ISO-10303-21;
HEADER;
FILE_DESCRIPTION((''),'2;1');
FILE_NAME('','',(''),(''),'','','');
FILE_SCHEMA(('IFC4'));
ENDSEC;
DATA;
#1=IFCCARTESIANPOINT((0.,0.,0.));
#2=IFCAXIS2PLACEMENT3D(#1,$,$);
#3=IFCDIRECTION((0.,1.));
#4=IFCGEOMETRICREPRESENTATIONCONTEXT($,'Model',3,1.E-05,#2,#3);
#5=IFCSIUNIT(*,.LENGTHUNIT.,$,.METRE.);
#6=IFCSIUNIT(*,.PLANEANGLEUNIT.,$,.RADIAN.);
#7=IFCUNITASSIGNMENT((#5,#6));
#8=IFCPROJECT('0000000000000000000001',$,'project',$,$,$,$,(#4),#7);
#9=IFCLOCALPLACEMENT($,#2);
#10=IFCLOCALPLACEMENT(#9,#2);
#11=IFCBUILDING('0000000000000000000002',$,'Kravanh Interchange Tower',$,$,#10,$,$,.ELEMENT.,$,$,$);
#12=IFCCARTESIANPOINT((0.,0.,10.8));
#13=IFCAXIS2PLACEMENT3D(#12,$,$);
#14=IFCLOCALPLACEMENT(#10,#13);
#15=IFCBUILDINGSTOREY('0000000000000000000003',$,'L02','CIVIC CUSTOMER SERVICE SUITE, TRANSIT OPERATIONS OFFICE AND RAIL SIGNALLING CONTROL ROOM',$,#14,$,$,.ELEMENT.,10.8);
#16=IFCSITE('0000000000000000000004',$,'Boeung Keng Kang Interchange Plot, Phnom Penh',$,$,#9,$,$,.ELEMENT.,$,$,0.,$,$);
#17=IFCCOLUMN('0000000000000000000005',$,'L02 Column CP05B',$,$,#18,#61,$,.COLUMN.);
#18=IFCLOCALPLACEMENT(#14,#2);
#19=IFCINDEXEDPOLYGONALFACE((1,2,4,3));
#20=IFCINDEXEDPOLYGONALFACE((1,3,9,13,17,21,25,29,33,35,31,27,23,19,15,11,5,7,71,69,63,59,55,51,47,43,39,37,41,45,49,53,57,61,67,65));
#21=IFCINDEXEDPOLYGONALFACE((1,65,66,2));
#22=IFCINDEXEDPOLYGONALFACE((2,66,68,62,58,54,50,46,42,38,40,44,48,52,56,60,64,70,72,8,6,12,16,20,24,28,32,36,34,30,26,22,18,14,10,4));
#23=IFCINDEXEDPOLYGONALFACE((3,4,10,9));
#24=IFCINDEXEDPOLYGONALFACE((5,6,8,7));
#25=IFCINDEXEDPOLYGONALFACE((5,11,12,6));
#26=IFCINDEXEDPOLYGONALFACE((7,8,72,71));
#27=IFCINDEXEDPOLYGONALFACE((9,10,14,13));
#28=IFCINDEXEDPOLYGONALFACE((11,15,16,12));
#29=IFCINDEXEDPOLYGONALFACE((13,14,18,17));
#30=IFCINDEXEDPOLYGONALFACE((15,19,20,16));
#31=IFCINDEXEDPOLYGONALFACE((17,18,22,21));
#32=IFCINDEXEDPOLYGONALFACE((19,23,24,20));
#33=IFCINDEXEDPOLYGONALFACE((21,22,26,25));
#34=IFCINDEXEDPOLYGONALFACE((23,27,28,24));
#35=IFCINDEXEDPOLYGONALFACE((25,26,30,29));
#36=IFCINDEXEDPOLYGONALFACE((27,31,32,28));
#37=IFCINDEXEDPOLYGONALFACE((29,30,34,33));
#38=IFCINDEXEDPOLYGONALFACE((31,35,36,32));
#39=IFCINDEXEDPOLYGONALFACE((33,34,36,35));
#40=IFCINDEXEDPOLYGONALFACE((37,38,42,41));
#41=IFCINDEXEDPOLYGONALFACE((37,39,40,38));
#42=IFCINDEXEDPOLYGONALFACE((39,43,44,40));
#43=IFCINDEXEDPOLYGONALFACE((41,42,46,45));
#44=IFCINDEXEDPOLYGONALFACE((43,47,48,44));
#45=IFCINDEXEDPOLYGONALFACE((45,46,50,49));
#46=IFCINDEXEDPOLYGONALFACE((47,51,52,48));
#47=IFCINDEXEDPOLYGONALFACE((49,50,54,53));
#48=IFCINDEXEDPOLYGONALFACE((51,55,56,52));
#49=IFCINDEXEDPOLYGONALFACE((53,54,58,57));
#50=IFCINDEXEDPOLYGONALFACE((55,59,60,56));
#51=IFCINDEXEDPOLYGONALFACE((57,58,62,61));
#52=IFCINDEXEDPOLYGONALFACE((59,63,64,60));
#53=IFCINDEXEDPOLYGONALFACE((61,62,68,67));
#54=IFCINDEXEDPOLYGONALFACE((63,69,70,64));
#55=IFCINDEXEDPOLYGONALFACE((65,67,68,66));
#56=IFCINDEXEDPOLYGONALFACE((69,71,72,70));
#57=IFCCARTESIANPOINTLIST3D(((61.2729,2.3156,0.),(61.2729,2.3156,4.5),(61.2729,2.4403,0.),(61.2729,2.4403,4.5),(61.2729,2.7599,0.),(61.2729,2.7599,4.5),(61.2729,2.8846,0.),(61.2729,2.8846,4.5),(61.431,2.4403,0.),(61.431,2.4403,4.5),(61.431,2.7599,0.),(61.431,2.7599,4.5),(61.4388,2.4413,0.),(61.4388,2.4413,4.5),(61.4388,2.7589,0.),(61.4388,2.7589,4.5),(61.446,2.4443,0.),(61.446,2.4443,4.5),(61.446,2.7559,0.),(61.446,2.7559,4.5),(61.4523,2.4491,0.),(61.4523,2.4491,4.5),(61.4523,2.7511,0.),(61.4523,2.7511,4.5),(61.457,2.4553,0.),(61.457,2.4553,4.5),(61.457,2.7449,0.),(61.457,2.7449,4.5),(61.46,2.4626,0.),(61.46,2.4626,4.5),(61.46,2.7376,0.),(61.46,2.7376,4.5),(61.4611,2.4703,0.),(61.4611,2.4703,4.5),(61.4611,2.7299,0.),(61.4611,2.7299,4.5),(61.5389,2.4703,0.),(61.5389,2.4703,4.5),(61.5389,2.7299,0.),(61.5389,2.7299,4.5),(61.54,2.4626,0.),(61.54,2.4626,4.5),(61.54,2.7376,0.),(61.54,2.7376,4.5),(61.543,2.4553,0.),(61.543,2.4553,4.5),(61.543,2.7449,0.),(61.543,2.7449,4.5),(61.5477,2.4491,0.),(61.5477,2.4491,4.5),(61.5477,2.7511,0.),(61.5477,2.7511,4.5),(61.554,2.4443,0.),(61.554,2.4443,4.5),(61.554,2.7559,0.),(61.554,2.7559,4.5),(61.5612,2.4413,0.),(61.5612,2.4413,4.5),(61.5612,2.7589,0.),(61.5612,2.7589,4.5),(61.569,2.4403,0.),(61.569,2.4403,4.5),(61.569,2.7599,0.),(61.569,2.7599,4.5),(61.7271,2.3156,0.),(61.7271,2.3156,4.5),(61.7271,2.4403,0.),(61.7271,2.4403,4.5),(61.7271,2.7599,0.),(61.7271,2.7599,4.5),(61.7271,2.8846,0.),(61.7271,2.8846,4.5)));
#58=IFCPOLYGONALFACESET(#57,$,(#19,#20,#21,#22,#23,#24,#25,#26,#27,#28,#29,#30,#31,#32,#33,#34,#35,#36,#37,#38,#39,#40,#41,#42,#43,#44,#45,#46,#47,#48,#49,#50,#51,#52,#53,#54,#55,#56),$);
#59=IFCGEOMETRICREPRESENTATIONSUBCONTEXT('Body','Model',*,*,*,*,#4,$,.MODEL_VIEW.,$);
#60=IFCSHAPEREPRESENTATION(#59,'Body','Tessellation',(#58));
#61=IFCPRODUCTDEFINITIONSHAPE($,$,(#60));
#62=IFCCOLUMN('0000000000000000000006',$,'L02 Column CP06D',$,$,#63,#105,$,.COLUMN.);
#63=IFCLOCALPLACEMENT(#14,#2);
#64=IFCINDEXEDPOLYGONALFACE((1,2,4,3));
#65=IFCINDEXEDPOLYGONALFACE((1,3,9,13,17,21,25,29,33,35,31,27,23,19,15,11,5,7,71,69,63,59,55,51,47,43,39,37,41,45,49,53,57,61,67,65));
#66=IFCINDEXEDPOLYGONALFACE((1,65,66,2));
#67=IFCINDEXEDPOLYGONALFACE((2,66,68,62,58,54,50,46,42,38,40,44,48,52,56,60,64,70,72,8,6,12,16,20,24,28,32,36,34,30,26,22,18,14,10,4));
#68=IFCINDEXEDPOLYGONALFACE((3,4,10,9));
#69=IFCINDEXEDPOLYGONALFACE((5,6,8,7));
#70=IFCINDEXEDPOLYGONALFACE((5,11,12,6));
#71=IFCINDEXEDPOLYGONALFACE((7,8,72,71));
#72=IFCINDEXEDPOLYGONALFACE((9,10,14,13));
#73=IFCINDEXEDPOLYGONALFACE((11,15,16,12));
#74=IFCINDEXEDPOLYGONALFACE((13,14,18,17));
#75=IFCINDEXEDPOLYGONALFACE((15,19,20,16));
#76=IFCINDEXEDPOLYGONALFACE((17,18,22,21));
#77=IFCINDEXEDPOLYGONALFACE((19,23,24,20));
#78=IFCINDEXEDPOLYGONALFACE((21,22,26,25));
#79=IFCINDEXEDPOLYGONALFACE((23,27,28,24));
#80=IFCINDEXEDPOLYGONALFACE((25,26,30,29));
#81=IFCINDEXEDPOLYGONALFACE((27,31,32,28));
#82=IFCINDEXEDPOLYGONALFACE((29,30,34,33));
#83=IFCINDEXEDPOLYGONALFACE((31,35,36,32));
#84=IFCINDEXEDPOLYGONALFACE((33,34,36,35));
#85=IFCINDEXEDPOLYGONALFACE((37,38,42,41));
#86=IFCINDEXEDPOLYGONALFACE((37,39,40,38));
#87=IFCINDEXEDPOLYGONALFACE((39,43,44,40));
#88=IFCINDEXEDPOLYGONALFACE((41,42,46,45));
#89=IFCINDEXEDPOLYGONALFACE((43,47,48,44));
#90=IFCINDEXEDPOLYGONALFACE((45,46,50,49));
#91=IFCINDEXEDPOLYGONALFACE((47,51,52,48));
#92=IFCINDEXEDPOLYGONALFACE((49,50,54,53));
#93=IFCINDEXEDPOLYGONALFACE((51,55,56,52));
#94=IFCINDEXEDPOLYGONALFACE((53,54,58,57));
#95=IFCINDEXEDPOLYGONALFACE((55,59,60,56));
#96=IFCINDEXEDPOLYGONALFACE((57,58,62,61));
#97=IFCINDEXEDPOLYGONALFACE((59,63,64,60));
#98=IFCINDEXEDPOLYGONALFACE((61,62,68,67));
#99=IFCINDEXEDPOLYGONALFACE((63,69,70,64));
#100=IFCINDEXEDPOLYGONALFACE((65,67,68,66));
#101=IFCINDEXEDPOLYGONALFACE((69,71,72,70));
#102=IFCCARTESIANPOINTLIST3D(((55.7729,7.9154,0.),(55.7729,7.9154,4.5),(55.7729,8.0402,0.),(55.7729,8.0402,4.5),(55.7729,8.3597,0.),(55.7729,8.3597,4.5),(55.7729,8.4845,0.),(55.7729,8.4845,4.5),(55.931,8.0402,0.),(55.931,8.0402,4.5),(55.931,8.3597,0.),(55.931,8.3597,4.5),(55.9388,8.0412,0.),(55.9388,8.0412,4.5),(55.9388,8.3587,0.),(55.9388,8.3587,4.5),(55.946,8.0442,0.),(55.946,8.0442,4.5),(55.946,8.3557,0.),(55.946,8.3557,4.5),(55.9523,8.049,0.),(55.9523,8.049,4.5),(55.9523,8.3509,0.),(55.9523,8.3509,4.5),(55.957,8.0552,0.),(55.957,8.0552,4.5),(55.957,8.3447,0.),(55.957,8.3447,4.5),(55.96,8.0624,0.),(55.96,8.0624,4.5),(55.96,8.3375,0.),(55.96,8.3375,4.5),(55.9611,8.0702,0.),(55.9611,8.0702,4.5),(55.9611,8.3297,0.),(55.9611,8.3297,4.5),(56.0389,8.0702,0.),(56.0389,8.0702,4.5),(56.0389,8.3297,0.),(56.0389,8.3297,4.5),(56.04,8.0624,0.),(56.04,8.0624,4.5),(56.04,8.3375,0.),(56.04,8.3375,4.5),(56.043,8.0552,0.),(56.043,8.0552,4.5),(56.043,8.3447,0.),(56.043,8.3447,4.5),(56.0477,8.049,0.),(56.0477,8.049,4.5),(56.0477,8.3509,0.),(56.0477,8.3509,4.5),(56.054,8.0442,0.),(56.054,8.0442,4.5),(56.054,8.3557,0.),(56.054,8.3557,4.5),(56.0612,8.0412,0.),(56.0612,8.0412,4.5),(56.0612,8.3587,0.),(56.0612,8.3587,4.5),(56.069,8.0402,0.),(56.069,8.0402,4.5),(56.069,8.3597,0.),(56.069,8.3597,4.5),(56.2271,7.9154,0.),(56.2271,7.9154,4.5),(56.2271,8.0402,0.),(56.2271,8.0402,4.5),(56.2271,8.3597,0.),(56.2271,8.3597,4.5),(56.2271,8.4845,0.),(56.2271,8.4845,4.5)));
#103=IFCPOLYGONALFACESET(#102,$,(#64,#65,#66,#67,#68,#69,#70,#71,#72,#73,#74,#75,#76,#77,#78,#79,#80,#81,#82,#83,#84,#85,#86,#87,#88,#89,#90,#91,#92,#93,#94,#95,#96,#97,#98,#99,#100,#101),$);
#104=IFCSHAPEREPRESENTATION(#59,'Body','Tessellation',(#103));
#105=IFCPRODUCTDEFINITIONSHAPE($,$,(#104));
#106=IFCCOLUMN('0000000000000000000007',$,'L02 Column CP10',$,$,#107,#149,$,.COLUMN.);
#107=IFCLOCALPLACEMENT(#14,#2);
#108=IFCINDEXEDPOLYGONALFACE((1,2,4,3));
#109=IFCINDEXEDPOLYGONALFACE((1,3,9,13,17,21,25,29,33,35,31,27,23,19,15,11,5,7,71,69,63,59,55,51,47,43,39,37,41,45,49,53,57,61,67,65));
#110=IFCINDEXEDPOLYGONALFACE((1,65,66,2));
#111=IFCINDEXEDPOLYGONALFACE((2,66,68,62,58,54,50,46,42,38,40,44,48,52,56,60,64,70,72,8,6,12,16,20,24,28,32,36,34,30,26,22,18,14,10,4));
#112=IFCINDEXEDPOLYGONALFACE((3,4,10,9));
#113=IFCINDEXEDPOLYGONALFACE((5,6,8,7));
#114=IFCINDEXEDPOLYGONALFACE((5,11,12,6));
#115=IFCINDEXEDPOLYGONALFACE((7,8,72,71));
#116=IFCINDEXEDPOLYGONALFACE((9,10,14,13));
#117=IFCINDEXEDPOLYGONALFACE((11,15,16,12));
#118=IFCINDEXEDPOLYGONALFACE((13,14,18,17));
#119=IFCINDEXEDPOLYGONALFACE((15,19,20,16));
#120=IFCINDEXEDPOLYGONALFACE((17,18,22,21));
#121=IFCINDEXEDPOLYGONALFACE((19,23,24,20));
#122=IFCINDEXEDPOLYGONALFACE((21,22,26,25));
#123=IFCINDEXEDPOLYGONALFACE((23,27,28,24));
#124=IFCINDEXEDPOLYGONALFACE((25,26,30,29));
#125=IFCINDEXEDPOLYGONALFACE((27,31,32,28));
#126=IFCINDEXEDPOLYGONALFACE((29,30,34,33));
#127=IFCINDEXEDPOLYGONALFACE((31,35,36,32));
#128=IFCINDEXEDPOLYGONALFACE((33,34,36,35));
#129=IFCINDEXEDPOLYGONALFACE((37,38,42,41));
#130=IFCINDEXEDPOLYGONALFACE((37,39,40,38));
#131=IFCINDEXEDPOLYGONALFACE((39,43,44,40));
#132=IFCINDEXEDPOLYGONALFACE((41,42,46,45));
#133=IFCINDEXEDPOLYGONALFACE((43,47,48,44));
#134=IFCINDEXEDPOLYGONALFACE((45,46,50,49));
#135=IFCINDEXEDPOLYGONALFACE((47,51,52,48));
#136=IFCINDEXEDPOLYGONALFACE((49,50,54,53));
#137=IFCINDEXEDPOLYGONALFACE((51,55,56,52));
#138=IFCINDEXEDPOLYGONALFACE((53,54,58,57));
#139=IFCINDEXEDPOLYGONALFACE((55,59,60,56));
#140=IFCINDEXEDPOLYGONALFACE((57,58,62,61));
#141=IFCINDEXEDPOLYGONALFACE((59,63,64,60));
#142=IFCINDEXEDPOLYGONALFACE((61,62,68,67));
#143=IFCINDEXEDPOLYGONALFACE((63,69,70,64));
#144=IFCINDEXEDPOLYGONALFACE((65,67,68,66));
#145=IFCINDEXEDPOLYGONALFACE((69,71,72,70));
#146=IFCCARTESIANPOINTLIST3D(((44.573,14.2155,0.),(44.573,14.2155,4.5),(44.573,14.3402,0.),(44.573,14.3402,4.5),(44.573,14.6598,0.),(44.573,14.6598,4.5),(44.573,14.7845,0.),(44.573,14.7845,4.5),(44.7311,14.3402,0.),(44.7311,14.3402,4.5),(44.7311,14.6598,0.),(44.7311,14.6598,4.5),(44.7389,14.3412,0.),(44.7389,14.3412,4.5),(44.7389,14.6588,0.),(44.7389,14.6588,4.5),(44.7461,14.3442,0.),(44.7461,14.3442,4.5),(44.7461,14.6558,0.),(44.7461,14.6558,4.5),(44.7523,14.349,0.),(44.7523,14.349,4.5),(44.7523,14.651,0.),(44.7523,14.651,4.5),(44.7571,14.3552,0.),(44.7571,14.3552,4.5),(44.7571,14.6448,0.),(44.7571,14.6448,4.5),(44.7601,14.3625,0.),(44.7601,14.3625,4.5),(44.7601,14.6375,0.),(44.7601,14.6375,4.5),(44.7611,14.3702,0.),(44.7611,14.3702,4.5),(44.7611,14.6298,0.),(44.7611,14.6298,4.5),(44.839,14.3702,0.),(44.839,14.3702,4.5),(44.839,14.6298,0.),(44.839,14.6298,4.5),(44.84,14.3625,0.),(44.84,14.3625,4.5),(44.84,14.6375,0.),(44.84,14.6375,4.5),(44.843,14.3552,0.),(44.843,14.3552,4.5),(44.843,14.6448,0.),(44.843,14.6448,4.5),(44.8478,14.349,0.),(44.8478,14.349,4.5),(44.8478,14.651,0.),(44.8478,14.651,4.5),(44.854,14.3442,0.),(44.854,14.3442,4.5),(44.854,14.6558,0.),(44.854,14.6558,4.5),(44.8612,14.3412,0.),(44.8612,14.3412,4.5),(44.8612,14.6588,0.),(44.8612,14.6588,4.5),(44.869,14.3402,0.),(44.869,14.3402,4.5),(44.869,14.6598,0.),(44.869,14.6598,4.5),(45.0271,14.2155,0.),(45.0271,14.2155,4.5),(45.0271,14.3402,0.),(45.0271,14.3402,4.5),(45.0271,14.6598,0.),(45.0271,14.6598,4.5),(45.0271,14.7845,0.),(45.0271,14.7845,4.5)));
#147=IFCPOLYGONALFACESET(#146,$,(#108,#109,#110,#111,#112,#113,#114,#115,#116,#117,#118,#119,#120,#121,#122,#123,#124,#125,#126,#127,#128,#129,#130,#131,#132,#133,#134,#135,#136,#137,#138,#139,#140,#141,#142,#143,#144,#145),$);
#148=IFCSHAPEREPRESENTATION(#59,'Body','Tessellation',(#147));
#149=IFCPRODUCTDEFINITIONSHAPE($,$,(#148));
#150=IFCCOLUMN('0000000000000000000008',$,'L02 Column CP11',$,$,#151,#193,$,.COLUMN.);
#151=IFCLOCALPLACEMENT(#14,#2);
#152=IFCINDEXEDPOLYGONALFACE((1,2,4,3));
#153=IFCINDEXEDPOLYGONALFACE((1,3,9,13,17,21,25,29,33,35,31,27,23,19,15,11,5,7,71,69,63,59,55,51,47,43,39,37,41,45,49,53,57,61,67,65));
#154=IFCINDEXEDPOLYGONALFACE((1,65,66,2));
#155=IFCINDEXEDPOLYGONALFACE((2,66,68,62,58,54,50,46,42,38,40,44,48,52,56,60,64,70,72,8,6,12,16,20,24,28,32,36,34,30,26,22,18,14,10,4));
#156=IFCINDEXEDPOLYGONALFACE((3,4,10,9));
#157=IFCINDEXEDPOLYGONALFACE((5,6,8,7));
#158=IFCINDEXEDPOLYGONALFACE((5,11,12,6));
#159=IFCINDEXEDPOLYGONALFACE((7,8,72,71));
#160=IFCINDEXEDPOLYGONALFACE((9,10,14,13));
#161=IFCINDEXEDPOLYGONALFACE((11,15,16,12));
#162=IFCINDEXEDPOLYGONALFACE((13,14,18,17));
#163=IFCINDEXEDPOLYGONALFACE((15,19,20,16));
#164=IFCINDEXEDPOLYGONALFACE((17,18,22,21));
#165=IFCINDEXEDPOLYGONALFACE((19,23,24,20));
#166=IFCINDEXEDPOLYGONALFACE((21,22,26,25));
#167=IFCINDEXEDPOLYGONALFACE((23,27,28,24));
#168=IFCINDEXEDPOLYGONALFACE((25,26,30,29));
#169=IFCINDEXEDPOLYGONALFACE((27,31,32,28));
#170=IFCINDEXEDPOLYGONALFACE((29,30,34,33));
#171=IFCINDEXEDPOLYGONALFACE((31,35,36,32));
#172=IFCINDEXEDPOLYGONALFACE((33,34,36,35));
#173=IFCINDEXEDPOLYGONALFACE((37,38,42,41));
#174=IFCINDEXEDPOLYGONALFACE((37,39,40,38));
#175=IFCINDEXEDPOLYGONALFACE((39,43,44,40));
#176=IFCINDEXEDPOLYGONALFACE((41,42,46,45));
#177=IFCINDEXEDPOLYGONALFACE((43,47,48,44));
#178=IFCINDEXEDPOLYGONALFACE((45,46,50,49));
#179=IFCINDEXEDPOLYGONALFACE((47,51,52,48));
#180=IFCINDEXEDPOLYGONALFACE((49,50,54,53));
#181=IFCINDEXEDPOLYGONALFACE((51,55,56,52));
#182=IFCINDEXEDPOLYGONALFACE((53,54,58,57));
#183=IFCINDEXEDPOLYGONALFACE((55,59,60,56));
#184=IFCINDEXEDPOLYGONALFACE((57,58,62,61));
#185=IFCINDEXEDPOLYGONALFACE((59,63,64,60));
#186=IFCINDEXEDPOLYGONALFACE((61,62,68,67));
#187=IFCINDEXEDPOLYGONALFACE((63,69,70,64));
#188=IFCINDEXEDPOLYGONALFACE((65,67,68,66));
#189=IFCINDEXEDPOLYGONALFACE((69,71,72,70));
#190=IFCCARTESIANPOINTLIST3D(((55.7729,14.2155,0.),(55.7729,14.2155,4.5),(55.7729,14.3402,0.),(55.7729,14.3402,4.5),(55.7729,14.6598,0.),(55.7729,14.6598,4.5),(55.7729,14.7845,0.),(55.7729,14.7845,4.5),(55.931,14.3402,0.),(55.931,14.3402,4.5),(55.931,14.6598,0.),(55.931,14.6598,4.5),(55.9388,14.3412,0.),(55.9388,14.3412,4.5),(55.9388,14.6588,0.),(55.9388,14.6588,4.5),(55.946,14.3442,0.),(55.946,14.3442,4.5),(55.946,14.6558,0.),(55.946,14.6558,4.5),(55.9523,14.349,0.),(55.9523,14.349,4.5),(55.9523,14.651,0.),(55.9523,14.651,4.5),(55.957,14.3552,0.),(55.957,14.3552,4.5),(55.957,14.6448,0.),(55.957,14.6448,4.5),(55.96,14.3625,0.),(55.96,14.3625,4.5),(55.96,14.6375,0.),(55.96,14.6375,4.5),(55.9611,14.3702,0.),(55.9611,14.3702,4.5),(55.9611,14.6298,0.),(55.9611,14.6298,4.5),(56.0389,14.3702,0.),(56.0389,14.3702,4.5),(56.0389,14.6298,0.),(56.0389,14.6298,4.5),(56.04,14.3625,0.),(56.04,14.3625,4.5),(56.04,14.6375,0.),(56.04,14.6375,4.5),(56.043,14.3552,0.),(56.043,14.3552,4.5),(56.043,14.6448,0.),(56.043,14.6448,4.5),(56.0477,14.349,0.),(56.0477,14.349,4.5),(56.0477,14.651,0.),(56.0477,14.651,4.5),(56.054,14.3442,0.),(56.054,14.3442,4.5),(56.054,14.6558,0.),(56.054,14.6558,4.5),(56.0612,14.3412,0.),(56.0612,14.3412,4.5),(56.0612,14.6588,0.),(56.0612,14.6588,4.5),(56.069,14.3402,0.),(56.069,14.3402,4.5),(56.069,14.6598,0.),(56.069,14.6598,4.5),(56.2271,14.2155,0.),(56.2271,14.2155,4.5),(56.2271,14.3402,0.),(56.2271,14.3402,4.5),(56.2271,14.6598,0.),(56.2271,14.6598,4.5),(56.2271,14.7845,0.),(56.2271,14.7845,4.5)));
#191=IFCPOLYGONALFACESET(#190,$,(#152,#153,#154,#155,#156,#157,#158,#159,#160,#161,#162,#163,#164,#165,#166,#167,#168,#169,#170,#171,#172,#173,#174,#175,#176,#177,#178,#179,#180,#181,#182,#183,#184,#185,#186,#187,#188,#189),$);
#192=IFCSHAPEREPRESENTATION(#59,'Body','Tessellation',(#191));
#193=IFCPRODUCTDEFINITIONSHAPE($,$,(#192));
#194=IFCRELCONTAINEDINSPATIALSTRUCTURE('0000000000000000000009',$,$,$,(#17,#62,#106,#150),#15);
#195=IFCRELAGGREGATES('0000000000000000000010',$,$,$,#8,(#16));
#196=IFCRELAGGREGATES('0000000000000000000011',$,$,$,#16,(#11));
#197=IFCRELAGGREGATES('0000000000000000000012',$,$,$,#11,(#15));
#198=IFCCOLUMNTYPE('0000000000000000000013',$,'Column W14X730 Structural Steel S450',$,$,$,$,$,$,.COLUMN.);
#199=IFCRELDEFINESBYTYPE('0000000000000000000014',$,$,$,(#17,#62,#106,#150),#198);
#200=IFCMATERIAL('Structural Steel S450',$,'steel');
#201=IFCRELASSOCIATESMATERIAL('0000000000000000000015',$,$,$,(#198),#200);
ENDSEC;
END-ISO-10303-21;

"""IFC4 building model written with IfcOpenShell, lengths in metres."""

from ifc_helpers import new_model, si_unit, direction, frame, origin, origin_2d, place, context, subcontext, project, spatial, i_section, extrude, material, material_profile, profile_set, type_object, element, save


model = new_model("IFC4")

# Units and contexts
model_context = context("Model", 3, precision=1e-05, world=origin(), true_north=direction((0.0, 1.0)))
body_context = subcontext(model_context, "Body", "Model", "MODEL_VIEW")
ifc_project = project(units=[si_unit("LENGTHUNIT", "METRE"), si_unit("PLANEANGLEUNIT", "RADIAN")], contexts=[model_context])

# Site, building, storey
site_placement = place(None, origin())
site = spatial("IfcSite", under=ifc_project, at=site_placement, Name="Boeung Keng Kang Interchange Plot, Phnom Penh", CompositionType="ELEMENT", RefElevation=0.0)
building_placement = place(site_placement, origin())
building = spatial("IfcBuilding", under=site, at=building_placement, Name="Kravanh Interchange Tower", CompositionType="ELEMENT")
storey_placement = place(building_placement, frame((0.0, 0.0, 10.8)))
storey = spatial("IfcBuildingStorey", under=building, at=storey_placement, Name="L02", Description="CIVIC CUSTOMER SERVICE SUITE, TRANSIT OPERATIONS OFFICE AND RAIL SIGNALLING CONTROL ROOM", CompositionType="ELEMENT", Elevation=10.8)

# Columns
ifc_material_1 = material(Name="Structural Steel S450", Category="steel")
ifc_material_profile_1 = material_profile(ifc_material_1, i_section(OverallWidth=0.4541, OverallDepth=0.5691, WebThickness=0.0779, FlangeThickness=0.1248, FilletRadius=0.03, at=origin_2d()), Name="W14X730")
ifc_profile_set_1 = profile_set([ifc_material_profile_1], Name="Structural Steel S450")
column_type = type_object("IfcColumnType", Name="Column W14X730 Structural Steel S450", PredefinedType="COLUMN", material=ifc_profile_set_1)
for number, where, z_axis, x_axis, name in (
    (1, (61.5, 2.6001, 0.0), (0.0, 0.0, 1.0), (1.0, 0.0, 0.0), "L02 Column CP05B"),
    (2, (56.0, 8.2, 0.0), (0.0, 0.0, 1.0), (1.0, 0.0, 0.0), "L02 Column CP06D"),
    (3, (44.8, 14.5, 0.0), (0.0, 0.0, 1.0), (1.0, 0.0, 0.0), "L02 Column CP10"),
    (4, (56.0, 14.5, 0.0), (0.0, 0.0, 1.0), (1.0, 0.0, 0.0), "L02 Column CP11"),
):
    element("IfcColumn", number, at=place(storey_placement, frame(where, z_axis=z_axis, x_axis=x_axis)), inside=storey, type_object=column_type, Name=name, PredefinedType="COLUMN", context=body_context, shape_type="SweptSolid", body=[
        extrude(i_section(OverallWidth=0.4541, OverallDepth=0.5691, WebThickness=0.0779, FlangeThickness=0.1248, FilletRadius=0.03, at=origin_2d()), origin(), (0.0, 0.0, 1.0), 4.5),
    ])

save(model, "model.ifc")
